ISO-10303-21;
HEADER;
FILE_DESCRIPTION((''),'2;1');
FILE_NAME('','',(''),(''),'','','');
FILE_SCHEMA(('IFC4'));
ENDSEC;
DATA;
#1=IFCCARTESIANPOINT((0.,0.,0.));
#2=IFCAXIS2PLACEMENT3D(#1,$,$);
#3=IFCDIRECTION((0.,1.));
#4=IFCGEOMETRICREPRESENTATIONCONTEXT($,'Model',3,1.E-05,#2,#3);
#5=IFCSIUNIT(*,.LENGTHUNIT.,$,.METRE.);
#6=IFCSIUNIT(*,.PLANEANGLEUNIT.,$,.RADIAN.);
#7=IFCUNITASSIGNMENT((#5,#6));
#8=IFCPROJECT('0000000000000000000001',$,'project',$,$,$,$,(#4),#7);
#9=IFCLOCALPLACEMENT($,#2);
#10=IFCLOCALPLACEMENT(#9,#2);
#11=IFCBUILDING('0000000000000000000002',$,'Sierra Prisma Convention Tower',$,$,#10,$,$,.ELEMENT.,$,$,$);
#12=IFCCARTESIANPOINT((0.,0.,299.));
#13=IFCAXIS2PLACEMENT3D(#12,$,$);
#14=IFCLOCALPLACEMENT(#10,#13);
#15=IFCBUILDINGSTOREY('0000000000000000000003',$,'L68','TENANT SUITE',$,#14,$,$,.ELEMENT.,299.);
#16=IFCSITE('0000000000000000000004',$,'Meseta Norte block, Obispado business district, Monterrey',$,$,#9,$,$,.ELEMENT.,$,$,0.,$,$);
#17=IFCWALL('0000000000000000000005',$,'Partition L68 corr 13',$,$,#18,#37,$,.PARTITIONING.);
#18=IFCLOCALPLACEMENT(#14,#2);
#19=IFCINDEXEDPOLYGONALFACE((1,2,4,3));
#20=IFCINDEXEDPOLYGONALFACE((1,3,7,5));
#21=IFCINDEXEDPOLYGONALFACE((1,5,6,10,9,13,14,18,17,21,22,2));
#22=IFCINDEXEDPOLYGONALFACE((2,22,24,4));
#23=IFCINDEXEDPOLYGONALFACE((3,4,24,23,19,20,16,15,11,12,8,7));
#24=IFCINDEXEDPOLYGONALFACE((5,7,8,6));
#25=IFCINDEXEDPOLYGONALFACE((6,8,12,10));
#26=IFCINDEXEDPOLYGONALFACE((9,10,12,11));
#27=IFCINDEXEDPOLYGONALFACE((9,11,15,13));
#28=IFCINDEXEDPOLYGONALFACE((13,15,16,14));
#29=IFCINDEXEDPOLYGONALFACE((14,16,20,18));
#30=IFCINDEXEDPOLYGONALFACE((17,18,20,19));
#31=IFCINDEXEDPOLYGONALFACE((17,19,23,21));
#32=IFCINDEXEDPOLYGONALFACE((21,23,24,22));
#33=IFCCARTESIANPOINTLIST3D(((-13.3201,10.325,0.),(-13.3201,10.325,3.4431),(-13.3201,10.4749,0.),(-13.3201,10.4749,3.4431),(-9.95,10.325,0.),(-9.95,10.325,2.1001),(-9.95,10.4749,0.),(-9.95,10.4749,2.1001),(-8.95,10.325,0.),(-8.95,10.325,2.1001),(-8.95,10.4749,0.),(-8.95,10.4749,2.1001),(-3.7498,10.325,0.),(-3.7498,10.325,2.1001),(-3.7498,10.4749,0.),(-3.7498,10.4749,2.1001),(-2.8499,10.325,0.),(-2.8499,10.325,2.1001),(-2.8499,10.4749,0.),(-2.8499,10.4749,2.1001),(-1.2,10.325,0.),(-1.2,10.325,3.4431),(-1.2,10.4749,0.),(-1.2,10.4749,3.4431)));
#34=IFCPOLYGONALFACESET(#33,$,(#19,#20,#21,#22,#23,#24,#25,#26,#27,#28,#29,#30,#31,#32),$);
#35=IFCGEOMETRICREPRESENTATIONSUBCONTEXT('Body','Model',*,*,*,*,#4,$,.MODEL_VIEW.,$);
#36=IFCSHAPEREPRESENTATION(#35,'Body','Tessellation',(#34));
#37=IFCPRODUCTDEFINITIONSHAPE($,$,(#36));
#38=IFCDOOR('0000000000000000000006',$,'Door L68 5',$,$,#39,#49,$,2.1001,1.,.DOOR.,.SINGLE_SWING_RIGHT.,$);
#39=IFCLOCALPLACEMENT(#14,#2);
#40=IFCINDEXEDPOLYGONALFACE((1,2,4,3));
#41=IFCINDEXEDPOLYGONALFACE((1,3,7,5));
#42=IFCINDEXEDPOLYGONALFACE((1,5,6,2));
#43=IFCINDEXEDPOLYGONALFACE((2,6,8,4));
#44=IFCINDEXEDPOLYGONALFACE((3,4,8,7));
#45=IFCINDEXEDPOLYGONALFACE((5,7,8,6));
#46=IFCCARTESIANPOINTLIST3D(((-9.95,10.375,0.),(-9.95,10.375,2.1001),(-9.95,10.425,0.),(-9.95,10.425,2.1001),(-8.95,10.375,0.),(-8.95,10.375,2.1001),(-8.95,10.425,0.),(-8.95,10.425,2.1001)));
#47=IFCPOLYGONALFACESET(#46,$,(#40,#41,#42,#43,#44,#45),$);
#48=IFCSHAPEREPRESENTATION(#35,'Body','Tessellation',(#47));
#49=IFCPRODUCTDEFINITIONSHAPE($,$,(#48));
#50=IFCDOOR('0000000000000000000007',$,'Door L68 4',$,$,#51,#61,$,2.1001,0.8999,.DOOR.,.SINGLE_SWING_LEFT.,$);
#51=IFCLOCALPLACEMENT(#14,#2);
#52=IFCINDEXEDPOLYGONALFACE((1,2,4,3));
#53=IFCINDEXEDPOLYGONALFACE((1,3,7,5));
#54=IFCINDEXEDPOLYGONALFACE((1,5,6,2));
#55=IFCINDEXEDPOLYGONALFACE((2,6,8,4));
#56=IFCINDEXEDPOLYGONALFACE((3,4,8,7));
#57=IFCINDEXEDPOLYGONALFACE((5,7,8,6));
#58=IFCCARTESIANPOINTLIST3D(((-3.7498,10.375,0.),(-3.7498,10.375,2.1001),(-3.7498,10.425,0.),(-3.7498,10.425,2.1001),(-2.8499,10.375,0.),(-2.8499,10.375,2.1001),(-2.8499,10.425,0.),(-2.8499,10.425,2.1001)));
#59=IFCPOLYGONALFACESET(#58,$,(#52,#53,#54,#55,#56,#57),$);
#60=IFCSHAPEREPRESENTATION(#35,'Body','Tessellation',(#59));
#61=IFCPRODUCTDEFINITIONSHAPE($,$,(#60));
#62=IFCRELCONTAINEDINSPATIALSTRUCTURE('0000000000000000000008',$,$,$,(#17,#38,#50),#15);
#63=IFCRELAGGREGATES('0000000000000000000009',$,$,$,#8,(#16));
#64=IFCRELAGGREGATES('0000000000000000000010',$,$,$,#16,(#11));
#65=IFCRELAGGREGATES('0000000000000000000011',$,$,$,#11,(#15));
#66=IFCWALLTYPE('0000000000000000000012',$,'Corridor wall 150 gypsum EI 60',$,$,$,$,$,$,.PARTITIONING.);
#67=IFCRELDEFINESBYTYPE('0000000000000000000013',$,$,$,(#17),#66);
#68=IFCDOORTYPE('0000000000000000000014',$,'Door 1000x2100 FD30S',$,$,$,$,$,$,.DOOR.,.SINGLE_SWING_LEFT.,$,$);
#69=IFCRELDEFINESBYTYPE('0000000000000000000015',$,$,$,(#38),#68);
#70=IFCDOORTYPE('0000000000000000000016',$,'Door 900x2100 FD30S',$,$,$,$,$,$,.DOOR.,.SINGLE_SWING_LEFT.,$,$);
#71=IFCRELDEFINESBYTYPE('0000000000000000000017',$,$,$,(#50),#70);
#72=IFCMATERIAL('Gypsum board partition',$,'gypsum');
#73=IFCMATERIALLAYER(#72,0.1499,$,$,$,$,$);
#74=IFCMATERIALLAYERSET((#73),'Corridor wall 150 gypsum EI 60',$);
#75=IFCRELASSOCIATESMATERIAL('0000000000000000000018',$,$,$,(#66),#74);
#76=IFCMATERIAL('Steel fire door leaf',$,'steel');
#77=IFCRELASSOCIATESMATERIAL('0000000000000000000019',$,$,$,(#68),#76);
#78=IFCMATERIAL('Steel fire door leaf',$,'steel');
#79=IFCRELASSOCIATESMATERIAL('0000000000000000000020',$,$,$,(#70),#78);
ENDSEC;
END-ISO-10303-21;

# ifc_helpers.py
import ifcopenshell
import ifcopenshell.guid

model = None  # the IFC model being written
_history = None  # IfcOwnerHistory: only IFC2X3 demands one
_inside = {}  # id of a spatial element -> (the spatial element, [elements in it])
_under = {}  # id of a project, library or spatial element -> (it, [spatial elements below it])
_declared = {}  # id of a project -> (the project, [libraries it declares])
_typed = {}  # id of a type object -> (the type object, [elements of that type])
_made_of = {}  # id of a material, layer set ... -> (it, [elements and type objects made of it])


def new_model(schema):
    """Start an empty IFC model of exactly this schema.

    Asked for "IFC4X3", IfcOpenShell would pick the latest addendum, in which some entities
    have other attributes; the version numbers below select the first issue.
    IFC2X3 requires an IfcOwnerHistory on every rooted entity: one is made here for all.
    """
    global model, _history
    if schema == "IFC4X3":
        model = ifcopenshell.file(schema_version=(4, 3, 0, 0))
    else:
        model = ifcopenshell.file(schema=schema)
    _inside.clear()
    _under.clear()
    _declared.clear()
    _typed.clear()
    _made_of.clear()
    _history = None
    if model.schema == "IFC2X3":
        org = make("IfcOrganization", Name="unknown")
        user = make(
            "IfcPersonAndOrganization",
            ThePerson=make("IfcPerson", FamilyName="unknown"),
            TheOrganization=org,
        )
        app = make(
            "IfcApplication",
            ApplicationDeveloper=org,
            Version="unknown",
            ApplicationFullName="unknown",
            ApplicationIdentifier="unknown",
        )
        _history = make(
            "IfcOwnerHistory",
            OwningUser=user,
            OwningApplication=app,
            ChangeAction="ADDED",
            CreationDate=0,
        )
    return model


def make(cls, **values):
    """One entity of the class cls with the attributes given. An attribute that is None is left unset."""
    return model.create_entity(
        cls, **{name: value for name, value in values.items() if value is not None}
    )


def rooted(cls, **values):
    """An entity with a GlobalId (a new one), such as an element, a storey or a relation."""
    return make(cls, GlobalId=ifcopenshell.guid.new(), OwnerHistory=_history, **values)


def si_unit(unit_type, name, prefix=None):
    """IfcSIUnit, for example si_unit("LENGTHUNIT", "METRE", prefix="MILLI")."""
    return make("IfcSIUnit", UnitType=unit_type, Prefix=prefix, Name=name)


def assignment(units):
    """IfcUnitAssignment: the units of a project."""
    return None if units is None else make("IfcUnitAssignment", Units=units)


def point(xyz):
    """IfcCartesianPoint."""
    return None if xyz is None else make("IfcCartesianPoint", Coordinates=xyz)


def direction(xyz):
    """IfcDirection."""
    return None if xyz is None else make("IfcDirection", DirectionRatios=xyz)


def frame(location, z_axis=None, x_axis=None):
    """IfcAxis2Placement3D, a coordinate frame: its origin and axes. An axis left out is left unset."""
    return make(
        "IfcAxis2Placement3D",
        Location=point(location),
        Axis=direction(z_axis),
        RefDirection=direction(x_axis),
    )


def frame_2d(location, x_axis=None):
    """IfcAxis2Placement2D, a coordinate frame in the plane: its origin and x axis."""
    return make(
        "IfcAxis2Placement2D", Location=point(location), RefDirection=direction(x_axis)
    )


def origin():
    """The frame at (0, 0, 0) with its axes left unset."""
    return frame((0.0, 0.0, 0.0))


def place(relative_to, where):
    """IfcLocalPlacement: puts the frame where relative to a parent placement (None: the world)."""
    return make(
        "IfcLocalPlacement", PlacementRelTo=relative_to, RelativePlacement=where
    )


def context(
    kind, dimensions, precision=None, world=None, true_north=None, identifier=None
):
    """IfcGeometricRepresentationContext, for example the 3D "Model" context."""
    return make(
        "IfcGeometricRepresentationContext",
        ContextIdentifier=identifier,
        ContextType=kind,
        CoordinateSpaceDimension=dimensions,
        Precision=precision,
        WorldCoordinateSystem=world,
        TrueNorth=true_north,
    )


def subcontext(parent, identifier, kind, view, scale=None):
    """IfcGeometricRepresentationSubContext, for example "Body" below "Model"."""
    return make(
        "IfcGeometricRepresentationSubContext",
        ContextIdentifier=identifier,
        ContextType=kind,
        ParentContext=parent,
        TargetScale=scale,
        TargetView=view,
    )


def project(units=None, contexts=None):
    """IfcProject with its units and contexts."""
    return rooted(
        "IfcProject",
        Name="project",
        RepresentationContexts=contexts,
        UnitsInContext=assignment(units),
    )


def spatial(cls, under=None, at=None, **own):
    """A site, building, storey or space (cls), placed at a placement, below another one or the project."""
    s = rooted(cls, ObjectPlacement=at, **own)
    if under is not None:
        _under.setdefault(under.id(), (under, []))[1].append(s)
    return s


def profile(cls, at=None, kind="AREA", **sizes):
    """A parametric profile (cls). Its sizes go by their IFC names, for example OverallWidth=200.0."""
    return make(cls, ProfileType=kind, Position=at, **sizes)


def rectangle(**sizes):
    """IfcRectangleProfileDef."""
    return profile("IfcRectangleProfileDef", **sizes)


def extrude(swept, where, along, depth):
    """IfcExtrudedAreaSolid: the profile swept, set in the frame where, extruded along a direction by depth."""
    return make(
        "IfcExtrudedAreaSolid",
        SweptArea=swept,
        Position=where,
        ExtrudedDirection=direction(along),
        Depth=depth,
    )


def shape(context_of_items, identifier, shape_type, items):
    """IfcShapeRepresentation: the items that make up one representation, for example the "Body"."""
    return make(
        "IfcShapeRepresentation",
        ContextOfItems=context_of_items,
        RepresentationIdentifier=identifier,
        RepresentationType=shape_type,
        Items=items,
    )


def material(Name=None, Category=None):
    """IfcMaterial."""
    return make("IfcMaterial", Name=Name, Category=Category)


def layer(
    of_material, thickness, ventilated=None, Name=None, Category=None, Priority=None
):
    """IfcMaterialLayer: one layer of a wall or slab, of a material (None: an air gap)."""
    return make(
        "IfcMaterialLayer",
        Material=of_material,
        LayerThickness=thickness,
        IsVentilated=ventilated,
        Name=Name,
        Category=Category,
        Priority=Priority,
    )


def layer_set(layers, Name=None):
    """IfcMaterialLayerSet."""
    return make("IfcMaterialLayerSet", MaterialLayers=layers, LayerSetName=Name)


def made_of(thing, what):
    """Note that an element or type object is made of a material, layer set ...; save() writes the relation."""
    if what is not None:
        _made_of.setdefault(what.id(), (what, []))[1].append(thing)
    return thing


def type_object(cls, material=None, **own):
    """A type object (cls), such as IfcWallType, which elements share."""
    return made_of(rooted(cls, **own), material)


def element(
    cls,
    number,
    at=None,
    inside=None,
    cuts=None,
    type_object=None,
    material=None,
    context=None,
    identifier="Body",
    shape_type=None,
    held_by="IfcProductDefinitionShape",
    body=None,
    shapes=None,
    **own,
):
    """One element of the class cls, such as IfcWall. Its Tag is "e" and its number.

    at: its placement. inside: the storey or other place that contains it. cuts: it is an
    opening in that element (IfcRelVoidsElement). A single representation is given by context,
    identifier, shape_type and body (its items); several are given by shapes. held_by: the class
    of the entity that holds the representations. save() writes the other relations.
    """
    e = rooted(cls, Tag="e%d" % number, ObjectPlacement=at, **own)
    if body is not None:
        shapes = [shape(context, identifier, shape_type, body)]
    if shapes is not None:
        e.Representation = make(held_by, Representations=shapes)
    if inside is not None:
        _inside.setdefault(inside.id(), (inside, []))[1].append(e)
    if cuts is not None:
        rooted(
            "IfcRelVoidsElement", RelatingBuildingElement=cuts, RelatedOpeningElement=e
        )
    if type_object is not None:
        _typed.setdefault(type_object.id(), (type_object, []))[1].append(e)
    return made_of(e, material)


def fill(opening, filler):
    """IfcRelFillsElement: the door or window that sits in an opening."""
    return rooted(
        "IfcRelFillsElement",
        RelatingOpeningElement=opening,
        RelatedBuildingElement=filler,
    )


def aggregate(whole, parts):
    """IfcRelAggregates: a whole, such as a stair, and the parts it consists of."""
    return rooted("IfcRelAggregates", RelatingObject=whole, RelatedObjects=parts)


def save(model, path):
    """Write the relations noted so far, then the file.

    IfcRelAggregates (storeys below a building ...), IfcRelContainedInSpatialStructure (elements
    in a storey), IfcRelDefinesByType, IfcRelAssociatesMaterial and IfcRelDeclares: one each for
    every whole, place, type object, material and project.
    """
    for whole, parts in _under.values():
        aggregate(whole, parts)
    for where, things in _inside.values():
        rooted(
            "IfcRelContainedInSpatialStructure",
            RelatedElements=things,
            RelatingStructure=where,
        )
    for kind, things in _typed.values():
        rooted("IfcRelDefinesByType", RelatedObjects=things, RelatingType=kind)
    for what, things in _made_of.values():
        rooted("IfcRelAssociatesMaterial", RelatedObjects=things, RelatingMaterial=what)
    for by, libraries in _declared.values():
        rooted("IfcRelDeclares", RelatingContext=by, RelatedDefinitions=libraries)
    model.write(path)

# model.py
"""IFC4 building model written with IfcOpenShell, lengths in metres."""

from ifc_helpers import new_model, si_unit, direction, frame, frame_2d, origin, place, context, subcontext, project, spatial, rectangle, extrude, material, layer, layer_set, type_object, element, fill, save


model = new_model("IFC4")

# Units and contexts
model_context = context("Model", 3, precision=1e-05, world=origin(), true_north=direction((0.0, 1.0)))
body_context = subcontext(model_context, "Body", "Model", "MODEL_VIEW")
ifc_project = project(units=[si_unit("LENGTHUNIT", "METRE"), si_unit("PLANEANGLEUNIT", "RADIAN")], contexts=[model_context])

# Site, building, storey
site_placement = place(None, origin())
site = spatial("IfcSite", under=ifc_project, at=site_placement, Name="Meseta Norte block, Obispado business district, Monterrey", CompositionType="ELEMENT", RefElevation=0.0)
building_placement = place(site_placement, origin())
building = spatial("IfcBuilding", under=site, at=building_placement, Name="Sierra Prisma Convention Tower", CompositionType="ELEMENT")
storey_placement = place(building_placement, frame((0.0, 0.0, 299.0)))
storey = spatial("IfcBuildingStorey", under=building, at=storey_placement, Name="L68", Description="TENANT SUITE", CompositionType="ELEMENT", Elevation=299.0)

# Shared definitions
ifc_material_1 = material(Name="Gypsum board partition", Category="gypsum")
ifc_layer_1 = layer(ifc_material_1, 0.1499)
ifc_layer_set_1 = layer_set([ifc_layer_1], Name="Corridor wall 150 gypsum EI 60")
wall_type_1 = type_object("IfcWallType", Name="Corridor wall 150 gypsum EI 60", PredefinedType="PARTITIONING", material=ifc_layer_set_1)

# Wall, openings, doors
wall_1_placement = place(storey_placement, frame((-1.2, 10.3999, 0.0), z_axis=(0.0, 0.0, 1.0), x_axis=(-1.0, 0.0, 0.0)))
wall_1 = element("IfcWall", 1, at=wall_1_placement, inside=storey, type_object=wall_type_1, Name="Partition L68 corr 13", PredefinedType="PARTITIONING", context=body_context, shape_type="SweptSolid", body=[
    extrude(rectangle(XDim=12.1201, YDim=0.1499, at=frame_2d((6.0601, 0.0))), origin(), (0.0, 0.0, 1.0), 3.4431),
])
opening_1_placement = place(wall_1_placement, frame((1.6499, 0.0, 0.0)))
opening_1 = element("IfcOpeningElement", 2, at=opening_1_placement, cuts=wall_1, PredefinedType="OPENING", context=body_context, shape_type="SweptSolid", body=[
    extrude(rectangle(XDim=0.8999, YDim=2.1001, at=frame_2d((0.45, 1.05))), frame((0.0, 0.075, 0.0), z_axis=(0.0, -1.0, 0.0), x_axis=(1.0, 0.0, 0.0)), (0.0, 0.0, 1.0), 0.1499),
])
opening_2_placement = place(wall_1_placement, frame((7.75, 0.0, 0.0)))
opening_2 = element("IfcOpeningElement", 3, at=opening_2_placement, cuts=wall_1, PredefinedType="OPENING", context=body_context, shape_type="SweptSolid", body=[
    extrude(rectangle(XDim=1.0, YDim=2.1001, at=frame_2d((0.5, 1.05))), frame((0.0, 0.075, 0.0), z_axis=(0.0, -1.0, 0.0), x_axis=(1.0, 0.0, 0.0)), (0.0, 0.0, 1.0), 0.1499),
])
ifc_material_2 = material(Name="Steel fire door leaf", Category="steel")
door_type_1 = type_object("IfcDoorType", Name="Door 1000x2100 FD30S", OperationType="SINGLE_SWING_LEFT", PredefinedType="DOOR", material=ifc_material_2)
door_1_placement = place(opening_2_placement, origin())
door_1 = element("IfcDoor", 4, at=door_1_placement, inside=storey, type_object=door_type_1, Name="Door L68 5", OperationType="SINGLE_SWING_RIGHT", OverallHeight=2.1001, OverallWidth=1.0, PredefinedType="DOOR", context=body_context, shape_type="SweptSolid", body=[
    extrude(rectangle(XDim=1.0, YDim=2.1001, at=frame_2d((0.5, 1.05))), frame((0.0, 0.0249, 0.0), z_axis=(0.0, -1.0, 0.0), x_axis=(1.0, 0.0, 0.0)), (0.0, 0.0, 1.0), 0.05),
])
fill(opening_2, door_1)
ifc_material_3 = material(Name="Steel fire door leaf", Category="steel")
door_type_2 = type_object("IfcDoorType", Name="Door 900x2100 FD30S", OperationType="SINGLE_SWING_LEFT", PredefinedType="DOOR", material=ifc_material_3)
door_2_placement = place(opening_1_placement, origin())
door_2 = element("IfcDoor", 5, at=door_2_placement, inside=storey, type_object=door_type_2, Name="Door L68 4", OperationType="SINGLE_SWING_LEFT", OverallHeight=2.1001, OverallWidth=0.8999, PredefinedType="DOOR", context=body_context, shape_type="SweptSolid", body=[
    extrude(rectangle(XDim=0.8999, YDim=2.1001, at=frame_2d((0.45, 1.05))), frame((0.0, 0.0249, 0.0), z_axis=(0.0, -1.0, 0.0), x_axis=(1.0, 0.0, 0.0)), (0.0, 0.0, 1.0), 0.05),
])
fill(opening_1, door_2)

save(model, "model.ifc")
